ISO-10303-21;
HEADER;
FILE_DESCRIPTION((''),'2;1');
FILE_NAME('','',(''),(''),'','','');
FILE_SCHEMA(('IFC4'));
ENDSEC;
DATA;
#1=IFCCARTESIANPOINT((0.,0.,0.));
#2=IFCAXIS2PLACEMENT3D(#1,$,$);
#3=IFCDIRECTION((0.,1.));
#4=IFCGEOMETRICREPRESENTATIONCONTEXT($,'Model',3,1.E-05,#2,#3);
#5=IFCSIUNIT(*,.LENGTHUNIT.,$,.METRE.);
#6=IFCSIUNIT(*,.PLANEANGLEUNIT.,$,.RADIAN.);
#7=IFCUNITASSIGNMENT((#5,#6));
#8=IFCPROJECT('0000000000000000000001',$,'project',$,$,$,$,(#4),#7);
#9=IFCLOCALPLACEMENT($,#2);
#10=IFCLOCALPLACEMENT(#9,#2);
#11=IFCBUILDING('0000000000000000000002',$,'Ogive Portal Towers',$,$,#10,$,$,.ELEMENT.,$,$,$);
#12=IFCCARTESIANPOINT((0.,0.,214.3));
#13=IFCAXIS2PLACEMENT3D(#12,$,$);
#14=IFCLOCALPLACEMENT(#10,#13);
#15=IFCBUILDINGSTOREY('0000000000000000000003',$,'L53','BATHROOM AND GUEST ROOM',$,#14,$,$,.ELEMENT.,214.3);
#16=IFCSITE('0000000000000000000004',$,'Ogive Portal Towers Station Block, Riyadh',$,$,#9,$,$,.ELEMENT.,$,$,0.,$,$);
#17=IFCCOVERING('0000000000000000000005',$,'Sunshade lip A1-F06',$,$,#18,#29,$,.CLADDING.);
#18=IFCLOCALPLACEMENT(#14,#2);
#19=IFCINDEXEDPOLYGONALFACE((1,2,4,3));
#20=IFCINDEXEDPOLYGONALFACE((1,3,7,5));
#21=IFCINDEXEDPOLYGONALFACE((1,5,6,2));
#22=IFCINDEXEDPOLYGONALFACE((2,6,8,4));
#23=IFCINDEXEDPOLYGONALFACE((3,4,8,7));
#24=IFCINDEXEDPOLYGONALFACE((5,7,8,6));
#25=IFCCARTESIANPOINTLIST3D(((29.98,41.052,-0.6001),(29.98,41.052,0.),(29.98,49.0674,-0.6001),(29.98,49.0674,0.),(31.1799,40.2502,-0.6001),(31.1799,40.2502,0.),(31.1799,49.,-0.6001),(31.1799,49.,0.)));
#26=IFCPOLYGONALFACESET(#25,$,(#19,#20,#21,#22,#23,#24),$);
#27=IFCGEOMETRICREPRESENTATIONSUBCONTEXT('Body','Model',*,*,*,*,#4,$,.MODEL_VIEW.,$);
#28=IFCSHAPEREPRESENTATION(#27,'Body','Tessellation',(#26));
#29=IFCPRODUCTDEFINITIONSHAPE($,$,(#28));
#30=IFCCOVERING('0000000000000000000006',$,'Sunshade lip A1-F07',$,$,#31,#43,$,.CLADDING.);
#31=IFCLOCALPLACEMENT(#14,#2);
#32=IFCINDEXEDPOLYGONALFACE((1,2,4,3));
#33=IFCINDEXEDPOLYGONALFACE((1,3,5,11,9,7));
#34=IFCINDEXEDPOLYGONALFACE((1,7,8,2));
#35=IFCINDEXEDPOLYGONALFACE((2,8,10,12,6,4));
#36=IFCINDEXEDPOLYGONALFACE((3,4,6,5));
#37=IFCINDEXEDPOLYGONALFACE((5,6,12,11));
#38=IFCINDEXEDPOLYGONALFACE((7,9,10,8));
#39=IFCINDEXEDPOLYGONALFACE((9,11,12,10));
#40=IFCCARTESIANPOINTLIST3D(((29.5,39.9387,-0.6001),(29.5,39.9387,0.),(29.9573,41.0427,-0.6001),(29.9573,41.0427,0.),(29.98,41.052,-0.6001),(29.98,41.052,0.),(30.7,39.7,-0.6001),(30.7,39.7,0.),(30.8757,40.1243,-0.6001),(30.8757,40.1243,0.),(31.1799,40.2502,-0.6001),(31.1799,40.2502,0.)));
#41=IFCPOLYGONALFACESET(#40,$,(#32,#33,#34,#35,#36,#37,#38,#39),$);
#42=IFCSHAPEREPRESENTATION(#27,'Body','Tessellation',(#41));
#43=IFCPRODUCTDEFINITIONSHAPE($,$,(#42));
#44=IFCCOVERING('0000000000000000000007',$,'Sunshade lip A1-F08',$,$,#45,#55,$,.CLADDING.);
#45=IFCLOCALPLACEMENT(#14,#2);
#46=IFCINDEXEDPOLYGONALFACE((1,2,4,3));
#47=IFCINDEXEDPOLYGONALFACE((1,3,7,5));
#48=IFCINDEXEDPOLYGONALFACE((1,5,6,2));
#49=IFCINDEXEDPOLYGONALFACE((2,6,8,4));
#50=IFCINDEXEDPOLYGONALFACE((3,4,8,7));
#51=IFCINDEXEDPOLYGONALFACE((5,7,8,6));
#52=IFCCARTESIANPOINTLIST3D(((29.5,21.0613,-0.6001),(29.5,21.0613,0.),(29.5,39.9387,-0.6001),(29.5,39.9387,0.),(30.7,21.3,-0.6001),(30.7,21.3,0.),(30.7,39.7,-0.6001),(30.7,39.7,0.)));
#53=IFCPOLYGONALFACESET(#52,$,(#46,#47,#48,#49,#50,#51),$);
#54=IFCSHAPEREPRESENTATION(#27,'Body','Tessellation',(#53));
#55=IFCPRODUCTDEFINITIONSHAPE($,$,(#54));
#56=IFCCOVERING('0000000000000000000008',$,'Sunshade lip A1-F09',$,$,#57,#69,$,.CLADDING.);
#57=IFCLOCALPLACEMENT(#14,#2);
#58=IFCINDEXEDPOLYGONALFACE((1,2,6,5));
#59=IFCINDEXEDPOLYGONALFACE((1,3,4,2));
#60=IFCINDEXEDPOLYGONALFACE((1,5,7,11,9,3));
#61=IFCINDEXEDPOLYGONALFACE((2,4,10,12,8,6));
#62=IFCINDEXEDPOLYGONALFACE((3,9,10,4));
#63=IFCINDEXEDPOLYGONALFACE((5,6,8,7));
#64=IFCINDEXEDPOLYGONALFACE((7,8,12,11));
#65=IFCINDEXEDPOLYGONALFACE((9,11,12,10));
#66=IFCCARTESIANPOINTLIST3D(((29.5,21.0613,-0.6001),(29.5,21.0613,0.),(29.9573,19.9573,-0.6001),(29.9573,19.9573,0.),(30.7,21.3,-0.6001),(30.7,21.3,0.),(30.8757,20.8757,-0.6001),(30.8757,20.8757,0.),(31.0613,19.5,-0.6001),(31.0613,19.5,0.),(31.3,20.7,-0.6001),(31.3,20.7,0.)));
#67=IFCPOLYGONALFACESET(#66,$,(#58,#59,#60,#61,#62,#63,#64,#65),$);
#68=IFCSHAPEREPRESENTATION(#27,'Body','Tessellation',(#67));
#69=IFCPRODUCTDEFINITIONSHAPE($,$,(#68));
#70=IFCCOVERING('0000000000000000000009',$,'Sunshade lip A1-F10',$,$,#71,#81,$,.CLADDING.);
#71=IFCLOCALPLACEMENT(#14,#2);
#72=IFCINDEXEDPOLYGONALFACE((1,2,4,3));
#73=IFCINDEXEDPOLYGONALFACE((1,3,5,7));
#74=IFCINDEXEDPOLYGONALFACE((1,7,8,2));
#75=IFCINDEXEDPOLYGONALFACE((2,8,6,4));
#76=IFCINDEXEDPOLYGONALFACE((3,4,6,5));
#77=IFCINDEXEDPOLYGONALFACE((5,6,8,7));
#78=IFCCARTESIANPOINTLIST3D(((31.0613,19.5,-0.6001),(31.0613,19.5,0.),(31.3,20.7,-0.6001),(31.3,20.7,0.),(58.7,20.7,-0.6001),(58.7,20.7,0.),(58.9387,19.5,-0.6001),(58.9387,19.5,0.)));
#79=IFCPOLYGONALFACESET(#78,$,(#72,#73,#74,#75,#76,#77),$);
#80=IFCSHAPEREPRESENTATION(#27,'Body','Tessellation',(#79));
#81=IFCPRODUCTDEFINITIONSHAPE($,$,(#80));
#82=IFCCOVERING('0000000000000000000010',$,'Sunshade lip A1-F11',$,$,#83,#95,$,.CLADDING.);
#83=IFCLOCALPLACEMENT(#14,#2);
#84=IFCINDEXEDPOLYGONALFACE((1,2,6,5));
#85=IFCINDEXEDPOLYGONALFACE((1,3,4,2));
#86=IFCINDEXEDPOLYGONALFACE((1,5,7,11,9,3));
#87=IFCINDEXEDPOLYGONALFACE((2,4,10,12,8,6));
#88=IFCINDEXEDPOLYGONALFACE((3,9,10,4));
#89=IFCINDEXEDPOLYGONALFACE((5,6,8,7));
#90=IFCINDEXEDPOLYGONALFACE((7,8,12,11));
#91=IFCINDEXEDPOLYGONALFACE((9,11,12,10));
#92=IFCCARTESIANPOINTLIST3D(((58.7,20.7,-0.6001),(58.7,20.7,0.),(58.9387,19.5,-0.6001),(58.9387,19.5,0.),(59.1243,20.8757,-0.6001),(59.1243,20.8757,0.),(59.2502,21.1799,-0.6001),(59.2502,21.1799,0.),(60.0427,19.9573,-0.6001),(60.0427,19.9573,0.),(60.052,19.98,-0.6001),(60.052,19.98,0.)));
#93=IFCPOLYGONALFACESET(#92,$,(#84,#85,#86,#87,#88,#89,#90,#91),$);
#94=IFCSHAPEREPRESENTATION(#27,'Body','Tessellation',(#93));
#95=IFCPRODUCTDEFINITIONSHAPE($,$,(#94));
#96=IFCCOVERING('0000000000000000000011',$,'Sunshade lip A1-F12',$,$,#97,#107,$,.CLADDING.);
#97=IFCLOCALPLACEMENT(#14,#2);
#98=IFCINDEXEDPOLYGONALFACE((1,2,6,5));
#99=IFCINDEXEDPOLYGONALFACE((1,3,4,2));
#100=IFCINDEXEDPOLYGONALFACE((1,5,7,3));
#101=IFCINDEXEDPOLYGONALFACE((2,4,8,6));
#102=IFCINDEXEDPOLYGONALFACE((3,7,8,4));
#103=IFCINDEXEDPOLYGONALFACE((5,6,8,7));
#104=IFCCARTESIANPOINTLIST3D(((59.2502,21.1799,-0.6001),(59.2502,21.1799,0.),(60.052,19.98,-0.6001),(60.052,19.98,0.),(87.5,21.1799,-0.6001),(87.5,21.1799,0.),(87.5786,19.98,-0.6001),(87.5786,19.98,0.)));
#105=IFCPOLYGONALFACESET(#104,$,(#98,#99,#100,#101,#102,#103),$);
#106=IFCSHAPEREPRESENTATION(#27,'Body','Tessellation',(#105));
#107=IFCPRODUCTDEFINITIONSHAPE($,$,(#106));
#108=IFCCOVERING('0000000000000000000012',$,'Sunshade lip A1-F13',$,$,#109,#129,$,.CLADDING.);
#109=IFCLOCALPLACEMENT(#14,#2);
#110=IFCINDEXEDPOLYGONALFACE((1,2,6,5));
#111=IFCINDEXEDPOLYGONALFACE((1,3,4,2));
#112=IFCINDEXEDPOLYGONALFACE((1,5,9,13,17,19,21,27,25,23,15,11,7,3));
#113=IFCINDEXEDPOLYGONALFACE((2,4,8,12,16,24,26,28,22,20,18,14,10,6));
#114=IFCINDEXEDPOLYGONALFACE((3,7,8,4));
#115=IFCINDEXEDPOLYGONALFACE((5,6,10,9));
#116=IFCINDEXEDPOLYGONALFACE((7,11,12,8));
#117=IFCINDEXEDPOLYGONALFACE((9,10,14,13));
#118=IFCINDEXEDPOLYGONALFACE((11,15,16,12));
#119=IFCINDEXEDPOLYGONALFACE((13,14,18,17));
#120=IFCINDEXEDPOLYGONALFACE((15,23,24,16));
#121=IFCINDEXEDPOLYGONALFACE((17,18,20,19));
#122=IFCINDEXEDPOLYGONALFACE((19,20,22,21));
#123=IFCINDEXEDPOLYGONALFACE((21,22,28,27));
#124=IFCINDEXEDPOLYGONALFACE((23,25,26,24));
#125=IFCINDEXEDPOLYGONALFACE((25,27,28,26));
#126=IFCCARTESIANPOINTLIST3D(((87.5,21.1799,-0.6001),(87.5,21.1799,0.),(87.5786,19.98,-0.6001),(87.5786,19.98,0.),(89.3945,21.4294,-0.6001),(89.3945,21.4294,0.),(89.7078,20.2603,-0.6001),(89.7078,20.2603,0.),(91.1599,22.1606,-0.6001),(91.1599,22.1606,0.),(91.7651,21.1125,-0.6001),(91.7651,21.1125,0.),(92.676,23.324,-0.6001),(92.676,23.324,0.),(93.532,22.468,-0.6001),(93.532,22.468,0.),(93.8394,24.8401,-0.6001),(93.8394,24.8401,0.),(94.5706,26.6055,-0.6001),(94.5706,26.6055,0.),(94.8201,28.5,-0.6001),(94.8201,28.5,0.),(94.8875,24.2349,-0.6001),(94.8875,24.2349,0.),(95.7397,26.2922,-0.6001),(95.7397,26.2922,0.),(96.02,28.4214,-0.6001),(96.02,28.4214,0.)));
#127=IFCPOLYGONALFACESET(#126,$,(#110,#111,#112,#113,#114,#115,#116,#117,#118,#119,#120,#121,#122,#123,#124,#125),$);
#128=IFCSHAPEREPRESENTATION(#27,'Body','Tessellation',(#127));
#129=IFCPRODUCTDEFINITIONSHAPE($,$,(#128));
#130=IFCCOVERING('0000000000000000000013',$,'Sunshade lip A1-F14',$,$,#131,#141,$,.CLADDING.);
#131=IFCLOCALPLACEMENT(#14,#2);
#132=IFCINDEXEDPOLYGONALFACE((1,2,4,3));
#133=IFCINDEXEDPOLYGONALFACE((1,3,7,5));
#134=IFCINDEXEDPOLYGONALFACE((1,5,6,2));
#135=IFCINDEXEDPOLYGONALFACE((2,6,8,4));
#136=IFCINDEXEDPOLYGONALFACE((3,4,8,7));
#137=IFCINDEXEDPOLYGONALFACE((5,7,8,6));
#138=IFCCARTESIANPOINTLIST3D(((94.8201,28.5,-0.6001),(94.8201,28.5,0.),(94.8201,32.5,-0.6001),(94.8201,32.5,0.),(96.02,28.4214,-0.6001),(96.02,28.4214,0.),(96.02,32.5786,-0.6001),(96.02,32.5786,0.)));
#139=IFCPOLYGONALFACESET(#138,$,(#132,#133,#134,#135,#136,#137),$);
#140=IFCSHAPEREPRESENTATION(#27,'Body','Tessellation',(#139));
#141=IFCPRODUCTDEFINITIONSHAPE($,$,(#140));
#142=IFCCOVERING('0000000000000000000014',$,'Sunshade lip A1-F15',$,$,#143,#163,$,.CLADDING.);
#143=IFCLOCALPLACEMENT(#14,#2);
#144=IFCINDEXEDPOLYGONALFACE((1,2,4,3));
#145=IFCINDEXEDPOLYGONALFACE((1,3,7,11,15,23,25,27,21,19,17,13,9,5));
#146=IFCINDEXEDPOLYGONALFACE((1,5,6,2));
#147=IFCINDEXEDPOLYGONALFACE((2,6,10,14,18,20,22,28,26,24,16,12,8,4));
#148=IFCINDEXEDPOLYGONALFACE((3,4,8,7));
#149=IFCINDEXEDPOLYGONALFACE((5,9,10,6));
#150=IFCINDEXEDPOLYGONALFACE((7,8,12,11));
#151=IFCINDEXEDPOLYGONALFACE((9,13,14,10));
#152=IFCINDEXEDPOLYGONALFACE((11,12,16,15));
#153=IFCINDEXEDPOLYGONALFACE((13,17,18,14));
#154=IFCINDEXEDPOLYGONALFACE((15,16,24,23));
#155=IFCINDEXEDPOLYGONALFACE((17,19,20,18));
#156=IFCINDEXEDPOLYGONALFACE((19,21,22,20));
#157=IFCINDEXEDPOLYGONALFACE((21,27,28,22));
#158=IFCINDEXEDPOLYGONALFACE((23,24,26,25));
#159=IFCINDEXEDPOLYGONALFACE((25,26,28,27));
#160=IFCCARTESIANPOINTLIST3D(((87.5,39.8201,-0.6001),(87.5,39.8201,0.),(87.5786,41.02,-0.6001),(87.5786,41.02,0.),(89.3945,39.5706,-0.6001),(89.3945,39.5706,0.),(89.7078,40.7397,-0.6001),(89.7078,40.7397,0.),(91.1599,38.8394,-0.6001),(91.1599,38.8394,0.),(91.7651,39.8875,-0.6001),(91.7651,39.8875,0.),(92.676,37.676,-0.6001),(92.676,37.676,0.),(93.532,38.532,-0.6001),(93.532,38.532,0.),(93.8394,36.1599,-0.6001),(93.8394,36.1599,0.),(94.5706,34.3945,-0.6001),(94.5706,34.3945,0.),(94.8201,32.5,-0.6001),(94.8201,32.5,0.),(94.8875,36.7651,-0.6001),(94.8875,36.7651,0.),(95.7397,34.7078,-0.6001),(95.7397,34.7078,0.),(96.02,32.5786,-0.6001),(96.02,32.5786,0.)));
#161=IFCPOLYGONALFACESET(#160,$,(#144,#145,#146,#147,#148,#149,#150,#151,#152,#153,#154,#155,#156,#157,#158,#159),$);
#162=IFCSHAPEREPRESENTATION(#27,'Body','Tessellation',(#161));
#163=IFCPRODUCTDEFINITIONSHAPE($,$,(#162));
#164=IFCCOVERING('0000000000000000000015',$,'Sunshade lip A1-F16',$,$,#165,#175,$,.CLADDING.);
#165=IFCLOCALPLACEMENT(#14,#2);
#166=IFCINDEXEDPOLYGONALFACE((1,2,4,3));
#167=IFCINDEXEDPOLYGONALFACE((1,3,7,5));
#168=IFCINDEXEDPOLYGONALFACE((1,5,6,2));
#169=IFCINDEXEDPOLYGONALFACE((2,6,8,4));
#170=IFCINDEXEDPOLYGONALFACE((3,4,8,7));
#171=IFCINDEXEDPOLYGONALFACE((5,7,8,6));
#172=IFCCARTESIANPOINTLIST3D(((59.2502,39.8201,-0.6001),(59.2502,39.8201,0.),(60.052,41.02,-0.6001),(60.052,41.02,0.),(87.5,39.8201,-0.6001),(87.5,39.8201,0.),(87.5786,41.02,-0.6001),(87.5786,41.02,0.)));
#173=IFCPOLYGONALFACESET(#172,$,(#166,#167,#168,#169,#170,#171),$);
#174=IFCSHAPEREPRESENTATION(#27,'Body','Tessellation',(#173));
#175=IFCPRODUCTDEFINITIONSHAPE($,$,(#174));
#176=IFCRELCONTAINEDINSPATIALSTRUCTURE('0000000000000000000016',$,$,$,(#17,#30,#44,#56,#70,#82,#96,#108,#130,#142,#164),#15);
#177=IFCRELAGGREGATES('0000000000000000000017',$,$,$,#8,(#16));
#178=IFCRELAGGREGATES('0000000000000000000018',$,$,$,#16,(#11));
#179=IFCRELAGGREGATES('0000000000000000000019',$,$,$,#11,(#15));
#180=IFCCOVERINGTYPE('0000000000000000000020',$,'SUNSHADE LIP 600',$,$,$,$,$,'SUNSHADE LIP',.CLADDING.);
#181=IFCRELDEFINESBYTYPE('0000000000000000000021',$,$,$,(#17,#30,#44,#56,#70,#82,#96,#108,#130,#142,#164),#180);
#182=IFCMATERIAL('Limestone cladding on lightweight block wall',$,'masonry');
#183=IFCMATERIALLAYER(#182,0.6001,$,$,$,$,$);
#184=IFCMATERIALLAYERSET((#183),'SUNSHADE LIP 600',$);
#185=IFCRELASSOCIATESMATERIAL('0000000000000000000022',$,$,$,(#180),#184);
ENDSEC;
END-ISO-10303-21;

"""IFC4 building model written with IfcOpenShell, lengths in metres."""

from ifc_helpers import new_model, si_unit, direction, frame, origin, place, context, subcontext, project, spatial, polyline, outline, extrude, material, layer, layer_set, type_object, element, save


model = new_model("IFC4")

# Units and contexts
model_context = context("Model", 3, precision=1e-05, world=origin(), true_north=direction((0.0, 1.0)))
body_context = subcontext(model_context, "Body", "Model", "MODEL_VIEW")
ifc_project = project(units=[si_unit("LENGTHUNIT", "METRE"), si_unit("PLANEANGLEUNIT", "RADIAN")], contexts=[model_context])

# Site, building, storey
site_placement = place(None, origin())
site = spatial("IfcSite", under=ifc_project, at=site_placement, Name="Ogive Portal Towers Station Block, Riyadh", CompositionType="ELEMENT", RefElevation=0.0)
building_placement = place(site_placement, origin())
building = spatial("IfcBuilding", under=site, at=building_placement, Name="Ogive Portal Towers", CompositionType="ELEMENT")
storey_placement = place(building_placement, frame((0.0, 0.0, 214.3)))
storey = spatial("IfcBuildingStorey", under=building, at=storey_placement, Name="L53", Description="BATHROOM AND GUEST ROOM", CompositionType="ELEMENT", Elevation=214.3)

# Coverings
ifc_material_1 = material(Name="Limestone cladding on lightweight block wall", Category="masonry")
ifc_layer_1 = layer(ifc_material_1, 0.6001)
ifc_layer_set_1 = layer_set([ifc_layer_1], Name="SUNSHADE LIP 600")
covering_type_1 = type_object("IfcCoveringType", Name="SUNSHADE LIP 600", ElementType="SUNSHADE LIP", PredefinedType="CLADDING", material=ifc_layer_set_1)
covering_1_placement = place(storey_placement, frame((0.0, 0.0, -0.6001)))
element("IfcCovering", 1, at=covering_1_placement, inside=storey, type_object=covering_type_1, Name="Sunshade lip A1-F06", PredefinedType="CLADDING", context=body_context, shape_type="SweptSolid", body=[
    extrude(outline(polyline([(31.1799, 49.0), (31.1799, 40.2502), (29.98, 41.052), (29.98, 49.0674), (31.1799, 49.0)])), origin(), (0.0, 0.0, 1.0), 0.6001),
])
covering_2_placement = place(storey_placement, frame((0.0, 0.0, -0.6001)))
element("IfcCovering", 2, at=covering_2_placement, inside=storey, type_object=covering_type_1, Name="Sunshade lip A1-F07", PredefinedType="CLADDING", context=body_context, shape_type="SweptSolid", body=[
    extrude(outline(polyline([(31.1799, 40.2502), (30.8757, 40.1243), (30.7, 39.7), (29.5, 39.9387), (29.9573, 41.0427), (29.98, 41.052), (31.1799, 40.2502)])), origin(), (0.0, 0.0, 1.0), 0.6001),
])
covering_3_placement = place(storey_placement, frame((0.0, 0.0, -0.6001)))
element("IfcCovering", 3, at=covering_3_placement, inside=storey, type_object=covering_type_1, Name="Sunshade lip A1-F08", PredefinedType="CLADDING", context=body_context, shape_type="SweptSolid", body=[
    extrude(outline(polyline([(30.7, 39.7), (30.7, 21.3), (29.5, 21.0613), (29.5, 39.9387), (30.7, 39.7)])), origin(), (0.0, 0.0, 1.0), 0.6001),
])
covering_4_placement = place(storey_placement, frame((0.0, 0.0, -0.6001)))
element("IfcCovering", 4, at=covering_4_placement, inside=storey, type_object=covering_type_1, Name="Sunshade lip A1-F09", PredefinedType="CLADDING", context=body_context, shape_type="SweptSolid", body=[
    extrude(outline(polyline([(30.7, 21.3), (30.8757, 20.8757), (31.3, 20.7), (31.0613, 19.5), (29.9573, 19.9573), (29.5, 21.0613), (30.7, 21.3)])), origin(), (0.0, 0.0, 1.0), 0.6001),
])
covering_5_placement = place(storey_placement, frame((0.0, 0.0, -0.6001)))
element("IfcCovering", 5, at=covering_5_placement, inside=storey, type_object=covering_type_1, Name="Sunshade lip A1-F10", PredefinedType="CLADDING", context=body_context, shape_type="SweptSolid", body=[
    extrude(outline(polyline([(31.3, 20.7), (58.7, 20.7), (58.9387, 19.5), (31.0613, 19.5), (31.3, 20.7)])), origin(), (0.0, 0.0, 1.0), 0.6001),
])
covering_6_placement = place(storey_placement, frame((0.0, 0.0, -0.6001)))
element("IfcCovering", 6, at=covering_6_placement, inside=storey, type_object=covering_type_1, Name="Sunshade lip A1-F11", PredefinedType="CLADDING", context=body_context, shape_type="SweptSolid", body=[
    extrude(outline(polyline([(58.7, 20.7), (59.1243, 20.8757), (59.2502, 21.1799), (60.052, 19.98), (60.0427, 19.9573), (58.9387, 19.5), (58.7, 20.7)])), origin(), (0.0, 0.0, 1.0), 0.6001),
])
covering_7_placement = place(storey_placement, frame((0.0, 0.0, -0.6001)))
element("IfcCovering", 7, at=covering_7_placement, inside=storey, type_object=covering_type_1, Name="Sunshade lip A1-F12", PredefinedType="CLADDING", context=body_context, shape_type="SweptSolid", body=[
    extrude(outline(polyline([(59.2502, 21.1799), (87.5, 21.1799), (87.5786, 19.98), (60.052, 19.98), (59.2502, 21.1799)])), origin(), (0.0, 0.0, 1.0), 0.6001),
])
covering_8_placement = place(storey_placement, frame((0.0, 0.0, -0.6001)))
element("IfcCovering", 8, at=covering_8_placement, inside=storey, type_object=covering_type_1, Name="Sunshade lip A1-F13", PredefinedType="CLADDING", context=body_context, shape_type="SweptSolid", body=[
    extrude(outline(polyline([(87.5, 21.1799), (89.3945, 21.4294), (91.1599, 22.1606), (92.676, 23.324), (93.8394, 24.8401), (94.5706, 26.6055), (94.8201, 28.5), (96.02, 28.4214), (95.7397, 26.2922), (94.8875, 24.2349), (93.532, 22.468), (91.7651, 21.1125), (89.7078, 20.2603), (87.5786, 19.98), (87.5, 21.1799)])), origin(), (0.0, 0.0, 1.0), 0.6001),
])
covering_9_placement = place(storey_placement, frame((0.0, 0.0, -0.6001)))
element("IfcCovering", 9, at=covering_9_placement, inside=storey, type_object=covering_type_1, Name="Sunshade lip A1-F14", PredefinedType="CLADDING", context=body_context, shape_type="SweptSolid", body=[
    extrude(outline(polyline([(94.8201, 28.5), (94.8201, 32.5), (96.02, 32.5786), (96.02, 28.4214), (94.8201, 28.5)])), origin(), (0.0, 0.0, 1.0), 0.6001),
])
covering_10_placement = place(storey_placement, frame((0.0, 0.0, -0.6001)))
element("IfcCovering", 10, at=covering_10_placement, inside=storey, type_object=covering_type_1, Name="Sunshade lip A1-F15", PredefinedType="CLADDING", context=body_context, shape_type="SweptSolid", body=[
    extrude(outline(polyline([(94.8201, 32.5), (94.5706, 34.3945), (93.8394, 36.1599), (92.676, 37.676), (91.1599, 38.8394), (89.3945, 39.5706), (87.5, 39.8201), (87.5786, 41.02), (89.7078, 40.7397), (91.7651, 39.8875), (93.532, 38.532), (94.8875, 36.7651), (95.7397, 34.7078), (96.02, 32.5786), (94.8201, 32.5)])), origin(), (0.0, 0.0, 1.0), 0.6001),
])
covering_11_placement = place(storey_placement, frame((0.0, 0.0, -0.6001)))
element("IfcCovering", 11, at=covering_11_placement, inside=storey, type_object=covering_type_1, Name="Sunshade lip A1-F16", PredefinedType="CLADDING", context=body_context, shape_type="SweptSolid", body=[
    extrude(outline(polyline([(87.5, 39.8201), (59.2502, 39.8201), (60.052, 41.02), (87.5786, 41.02), (87.5, 39.8201)])), origin(), (0.0, 0.0, 1.0), 0.6001),
])

save(model, "model.ifc")
